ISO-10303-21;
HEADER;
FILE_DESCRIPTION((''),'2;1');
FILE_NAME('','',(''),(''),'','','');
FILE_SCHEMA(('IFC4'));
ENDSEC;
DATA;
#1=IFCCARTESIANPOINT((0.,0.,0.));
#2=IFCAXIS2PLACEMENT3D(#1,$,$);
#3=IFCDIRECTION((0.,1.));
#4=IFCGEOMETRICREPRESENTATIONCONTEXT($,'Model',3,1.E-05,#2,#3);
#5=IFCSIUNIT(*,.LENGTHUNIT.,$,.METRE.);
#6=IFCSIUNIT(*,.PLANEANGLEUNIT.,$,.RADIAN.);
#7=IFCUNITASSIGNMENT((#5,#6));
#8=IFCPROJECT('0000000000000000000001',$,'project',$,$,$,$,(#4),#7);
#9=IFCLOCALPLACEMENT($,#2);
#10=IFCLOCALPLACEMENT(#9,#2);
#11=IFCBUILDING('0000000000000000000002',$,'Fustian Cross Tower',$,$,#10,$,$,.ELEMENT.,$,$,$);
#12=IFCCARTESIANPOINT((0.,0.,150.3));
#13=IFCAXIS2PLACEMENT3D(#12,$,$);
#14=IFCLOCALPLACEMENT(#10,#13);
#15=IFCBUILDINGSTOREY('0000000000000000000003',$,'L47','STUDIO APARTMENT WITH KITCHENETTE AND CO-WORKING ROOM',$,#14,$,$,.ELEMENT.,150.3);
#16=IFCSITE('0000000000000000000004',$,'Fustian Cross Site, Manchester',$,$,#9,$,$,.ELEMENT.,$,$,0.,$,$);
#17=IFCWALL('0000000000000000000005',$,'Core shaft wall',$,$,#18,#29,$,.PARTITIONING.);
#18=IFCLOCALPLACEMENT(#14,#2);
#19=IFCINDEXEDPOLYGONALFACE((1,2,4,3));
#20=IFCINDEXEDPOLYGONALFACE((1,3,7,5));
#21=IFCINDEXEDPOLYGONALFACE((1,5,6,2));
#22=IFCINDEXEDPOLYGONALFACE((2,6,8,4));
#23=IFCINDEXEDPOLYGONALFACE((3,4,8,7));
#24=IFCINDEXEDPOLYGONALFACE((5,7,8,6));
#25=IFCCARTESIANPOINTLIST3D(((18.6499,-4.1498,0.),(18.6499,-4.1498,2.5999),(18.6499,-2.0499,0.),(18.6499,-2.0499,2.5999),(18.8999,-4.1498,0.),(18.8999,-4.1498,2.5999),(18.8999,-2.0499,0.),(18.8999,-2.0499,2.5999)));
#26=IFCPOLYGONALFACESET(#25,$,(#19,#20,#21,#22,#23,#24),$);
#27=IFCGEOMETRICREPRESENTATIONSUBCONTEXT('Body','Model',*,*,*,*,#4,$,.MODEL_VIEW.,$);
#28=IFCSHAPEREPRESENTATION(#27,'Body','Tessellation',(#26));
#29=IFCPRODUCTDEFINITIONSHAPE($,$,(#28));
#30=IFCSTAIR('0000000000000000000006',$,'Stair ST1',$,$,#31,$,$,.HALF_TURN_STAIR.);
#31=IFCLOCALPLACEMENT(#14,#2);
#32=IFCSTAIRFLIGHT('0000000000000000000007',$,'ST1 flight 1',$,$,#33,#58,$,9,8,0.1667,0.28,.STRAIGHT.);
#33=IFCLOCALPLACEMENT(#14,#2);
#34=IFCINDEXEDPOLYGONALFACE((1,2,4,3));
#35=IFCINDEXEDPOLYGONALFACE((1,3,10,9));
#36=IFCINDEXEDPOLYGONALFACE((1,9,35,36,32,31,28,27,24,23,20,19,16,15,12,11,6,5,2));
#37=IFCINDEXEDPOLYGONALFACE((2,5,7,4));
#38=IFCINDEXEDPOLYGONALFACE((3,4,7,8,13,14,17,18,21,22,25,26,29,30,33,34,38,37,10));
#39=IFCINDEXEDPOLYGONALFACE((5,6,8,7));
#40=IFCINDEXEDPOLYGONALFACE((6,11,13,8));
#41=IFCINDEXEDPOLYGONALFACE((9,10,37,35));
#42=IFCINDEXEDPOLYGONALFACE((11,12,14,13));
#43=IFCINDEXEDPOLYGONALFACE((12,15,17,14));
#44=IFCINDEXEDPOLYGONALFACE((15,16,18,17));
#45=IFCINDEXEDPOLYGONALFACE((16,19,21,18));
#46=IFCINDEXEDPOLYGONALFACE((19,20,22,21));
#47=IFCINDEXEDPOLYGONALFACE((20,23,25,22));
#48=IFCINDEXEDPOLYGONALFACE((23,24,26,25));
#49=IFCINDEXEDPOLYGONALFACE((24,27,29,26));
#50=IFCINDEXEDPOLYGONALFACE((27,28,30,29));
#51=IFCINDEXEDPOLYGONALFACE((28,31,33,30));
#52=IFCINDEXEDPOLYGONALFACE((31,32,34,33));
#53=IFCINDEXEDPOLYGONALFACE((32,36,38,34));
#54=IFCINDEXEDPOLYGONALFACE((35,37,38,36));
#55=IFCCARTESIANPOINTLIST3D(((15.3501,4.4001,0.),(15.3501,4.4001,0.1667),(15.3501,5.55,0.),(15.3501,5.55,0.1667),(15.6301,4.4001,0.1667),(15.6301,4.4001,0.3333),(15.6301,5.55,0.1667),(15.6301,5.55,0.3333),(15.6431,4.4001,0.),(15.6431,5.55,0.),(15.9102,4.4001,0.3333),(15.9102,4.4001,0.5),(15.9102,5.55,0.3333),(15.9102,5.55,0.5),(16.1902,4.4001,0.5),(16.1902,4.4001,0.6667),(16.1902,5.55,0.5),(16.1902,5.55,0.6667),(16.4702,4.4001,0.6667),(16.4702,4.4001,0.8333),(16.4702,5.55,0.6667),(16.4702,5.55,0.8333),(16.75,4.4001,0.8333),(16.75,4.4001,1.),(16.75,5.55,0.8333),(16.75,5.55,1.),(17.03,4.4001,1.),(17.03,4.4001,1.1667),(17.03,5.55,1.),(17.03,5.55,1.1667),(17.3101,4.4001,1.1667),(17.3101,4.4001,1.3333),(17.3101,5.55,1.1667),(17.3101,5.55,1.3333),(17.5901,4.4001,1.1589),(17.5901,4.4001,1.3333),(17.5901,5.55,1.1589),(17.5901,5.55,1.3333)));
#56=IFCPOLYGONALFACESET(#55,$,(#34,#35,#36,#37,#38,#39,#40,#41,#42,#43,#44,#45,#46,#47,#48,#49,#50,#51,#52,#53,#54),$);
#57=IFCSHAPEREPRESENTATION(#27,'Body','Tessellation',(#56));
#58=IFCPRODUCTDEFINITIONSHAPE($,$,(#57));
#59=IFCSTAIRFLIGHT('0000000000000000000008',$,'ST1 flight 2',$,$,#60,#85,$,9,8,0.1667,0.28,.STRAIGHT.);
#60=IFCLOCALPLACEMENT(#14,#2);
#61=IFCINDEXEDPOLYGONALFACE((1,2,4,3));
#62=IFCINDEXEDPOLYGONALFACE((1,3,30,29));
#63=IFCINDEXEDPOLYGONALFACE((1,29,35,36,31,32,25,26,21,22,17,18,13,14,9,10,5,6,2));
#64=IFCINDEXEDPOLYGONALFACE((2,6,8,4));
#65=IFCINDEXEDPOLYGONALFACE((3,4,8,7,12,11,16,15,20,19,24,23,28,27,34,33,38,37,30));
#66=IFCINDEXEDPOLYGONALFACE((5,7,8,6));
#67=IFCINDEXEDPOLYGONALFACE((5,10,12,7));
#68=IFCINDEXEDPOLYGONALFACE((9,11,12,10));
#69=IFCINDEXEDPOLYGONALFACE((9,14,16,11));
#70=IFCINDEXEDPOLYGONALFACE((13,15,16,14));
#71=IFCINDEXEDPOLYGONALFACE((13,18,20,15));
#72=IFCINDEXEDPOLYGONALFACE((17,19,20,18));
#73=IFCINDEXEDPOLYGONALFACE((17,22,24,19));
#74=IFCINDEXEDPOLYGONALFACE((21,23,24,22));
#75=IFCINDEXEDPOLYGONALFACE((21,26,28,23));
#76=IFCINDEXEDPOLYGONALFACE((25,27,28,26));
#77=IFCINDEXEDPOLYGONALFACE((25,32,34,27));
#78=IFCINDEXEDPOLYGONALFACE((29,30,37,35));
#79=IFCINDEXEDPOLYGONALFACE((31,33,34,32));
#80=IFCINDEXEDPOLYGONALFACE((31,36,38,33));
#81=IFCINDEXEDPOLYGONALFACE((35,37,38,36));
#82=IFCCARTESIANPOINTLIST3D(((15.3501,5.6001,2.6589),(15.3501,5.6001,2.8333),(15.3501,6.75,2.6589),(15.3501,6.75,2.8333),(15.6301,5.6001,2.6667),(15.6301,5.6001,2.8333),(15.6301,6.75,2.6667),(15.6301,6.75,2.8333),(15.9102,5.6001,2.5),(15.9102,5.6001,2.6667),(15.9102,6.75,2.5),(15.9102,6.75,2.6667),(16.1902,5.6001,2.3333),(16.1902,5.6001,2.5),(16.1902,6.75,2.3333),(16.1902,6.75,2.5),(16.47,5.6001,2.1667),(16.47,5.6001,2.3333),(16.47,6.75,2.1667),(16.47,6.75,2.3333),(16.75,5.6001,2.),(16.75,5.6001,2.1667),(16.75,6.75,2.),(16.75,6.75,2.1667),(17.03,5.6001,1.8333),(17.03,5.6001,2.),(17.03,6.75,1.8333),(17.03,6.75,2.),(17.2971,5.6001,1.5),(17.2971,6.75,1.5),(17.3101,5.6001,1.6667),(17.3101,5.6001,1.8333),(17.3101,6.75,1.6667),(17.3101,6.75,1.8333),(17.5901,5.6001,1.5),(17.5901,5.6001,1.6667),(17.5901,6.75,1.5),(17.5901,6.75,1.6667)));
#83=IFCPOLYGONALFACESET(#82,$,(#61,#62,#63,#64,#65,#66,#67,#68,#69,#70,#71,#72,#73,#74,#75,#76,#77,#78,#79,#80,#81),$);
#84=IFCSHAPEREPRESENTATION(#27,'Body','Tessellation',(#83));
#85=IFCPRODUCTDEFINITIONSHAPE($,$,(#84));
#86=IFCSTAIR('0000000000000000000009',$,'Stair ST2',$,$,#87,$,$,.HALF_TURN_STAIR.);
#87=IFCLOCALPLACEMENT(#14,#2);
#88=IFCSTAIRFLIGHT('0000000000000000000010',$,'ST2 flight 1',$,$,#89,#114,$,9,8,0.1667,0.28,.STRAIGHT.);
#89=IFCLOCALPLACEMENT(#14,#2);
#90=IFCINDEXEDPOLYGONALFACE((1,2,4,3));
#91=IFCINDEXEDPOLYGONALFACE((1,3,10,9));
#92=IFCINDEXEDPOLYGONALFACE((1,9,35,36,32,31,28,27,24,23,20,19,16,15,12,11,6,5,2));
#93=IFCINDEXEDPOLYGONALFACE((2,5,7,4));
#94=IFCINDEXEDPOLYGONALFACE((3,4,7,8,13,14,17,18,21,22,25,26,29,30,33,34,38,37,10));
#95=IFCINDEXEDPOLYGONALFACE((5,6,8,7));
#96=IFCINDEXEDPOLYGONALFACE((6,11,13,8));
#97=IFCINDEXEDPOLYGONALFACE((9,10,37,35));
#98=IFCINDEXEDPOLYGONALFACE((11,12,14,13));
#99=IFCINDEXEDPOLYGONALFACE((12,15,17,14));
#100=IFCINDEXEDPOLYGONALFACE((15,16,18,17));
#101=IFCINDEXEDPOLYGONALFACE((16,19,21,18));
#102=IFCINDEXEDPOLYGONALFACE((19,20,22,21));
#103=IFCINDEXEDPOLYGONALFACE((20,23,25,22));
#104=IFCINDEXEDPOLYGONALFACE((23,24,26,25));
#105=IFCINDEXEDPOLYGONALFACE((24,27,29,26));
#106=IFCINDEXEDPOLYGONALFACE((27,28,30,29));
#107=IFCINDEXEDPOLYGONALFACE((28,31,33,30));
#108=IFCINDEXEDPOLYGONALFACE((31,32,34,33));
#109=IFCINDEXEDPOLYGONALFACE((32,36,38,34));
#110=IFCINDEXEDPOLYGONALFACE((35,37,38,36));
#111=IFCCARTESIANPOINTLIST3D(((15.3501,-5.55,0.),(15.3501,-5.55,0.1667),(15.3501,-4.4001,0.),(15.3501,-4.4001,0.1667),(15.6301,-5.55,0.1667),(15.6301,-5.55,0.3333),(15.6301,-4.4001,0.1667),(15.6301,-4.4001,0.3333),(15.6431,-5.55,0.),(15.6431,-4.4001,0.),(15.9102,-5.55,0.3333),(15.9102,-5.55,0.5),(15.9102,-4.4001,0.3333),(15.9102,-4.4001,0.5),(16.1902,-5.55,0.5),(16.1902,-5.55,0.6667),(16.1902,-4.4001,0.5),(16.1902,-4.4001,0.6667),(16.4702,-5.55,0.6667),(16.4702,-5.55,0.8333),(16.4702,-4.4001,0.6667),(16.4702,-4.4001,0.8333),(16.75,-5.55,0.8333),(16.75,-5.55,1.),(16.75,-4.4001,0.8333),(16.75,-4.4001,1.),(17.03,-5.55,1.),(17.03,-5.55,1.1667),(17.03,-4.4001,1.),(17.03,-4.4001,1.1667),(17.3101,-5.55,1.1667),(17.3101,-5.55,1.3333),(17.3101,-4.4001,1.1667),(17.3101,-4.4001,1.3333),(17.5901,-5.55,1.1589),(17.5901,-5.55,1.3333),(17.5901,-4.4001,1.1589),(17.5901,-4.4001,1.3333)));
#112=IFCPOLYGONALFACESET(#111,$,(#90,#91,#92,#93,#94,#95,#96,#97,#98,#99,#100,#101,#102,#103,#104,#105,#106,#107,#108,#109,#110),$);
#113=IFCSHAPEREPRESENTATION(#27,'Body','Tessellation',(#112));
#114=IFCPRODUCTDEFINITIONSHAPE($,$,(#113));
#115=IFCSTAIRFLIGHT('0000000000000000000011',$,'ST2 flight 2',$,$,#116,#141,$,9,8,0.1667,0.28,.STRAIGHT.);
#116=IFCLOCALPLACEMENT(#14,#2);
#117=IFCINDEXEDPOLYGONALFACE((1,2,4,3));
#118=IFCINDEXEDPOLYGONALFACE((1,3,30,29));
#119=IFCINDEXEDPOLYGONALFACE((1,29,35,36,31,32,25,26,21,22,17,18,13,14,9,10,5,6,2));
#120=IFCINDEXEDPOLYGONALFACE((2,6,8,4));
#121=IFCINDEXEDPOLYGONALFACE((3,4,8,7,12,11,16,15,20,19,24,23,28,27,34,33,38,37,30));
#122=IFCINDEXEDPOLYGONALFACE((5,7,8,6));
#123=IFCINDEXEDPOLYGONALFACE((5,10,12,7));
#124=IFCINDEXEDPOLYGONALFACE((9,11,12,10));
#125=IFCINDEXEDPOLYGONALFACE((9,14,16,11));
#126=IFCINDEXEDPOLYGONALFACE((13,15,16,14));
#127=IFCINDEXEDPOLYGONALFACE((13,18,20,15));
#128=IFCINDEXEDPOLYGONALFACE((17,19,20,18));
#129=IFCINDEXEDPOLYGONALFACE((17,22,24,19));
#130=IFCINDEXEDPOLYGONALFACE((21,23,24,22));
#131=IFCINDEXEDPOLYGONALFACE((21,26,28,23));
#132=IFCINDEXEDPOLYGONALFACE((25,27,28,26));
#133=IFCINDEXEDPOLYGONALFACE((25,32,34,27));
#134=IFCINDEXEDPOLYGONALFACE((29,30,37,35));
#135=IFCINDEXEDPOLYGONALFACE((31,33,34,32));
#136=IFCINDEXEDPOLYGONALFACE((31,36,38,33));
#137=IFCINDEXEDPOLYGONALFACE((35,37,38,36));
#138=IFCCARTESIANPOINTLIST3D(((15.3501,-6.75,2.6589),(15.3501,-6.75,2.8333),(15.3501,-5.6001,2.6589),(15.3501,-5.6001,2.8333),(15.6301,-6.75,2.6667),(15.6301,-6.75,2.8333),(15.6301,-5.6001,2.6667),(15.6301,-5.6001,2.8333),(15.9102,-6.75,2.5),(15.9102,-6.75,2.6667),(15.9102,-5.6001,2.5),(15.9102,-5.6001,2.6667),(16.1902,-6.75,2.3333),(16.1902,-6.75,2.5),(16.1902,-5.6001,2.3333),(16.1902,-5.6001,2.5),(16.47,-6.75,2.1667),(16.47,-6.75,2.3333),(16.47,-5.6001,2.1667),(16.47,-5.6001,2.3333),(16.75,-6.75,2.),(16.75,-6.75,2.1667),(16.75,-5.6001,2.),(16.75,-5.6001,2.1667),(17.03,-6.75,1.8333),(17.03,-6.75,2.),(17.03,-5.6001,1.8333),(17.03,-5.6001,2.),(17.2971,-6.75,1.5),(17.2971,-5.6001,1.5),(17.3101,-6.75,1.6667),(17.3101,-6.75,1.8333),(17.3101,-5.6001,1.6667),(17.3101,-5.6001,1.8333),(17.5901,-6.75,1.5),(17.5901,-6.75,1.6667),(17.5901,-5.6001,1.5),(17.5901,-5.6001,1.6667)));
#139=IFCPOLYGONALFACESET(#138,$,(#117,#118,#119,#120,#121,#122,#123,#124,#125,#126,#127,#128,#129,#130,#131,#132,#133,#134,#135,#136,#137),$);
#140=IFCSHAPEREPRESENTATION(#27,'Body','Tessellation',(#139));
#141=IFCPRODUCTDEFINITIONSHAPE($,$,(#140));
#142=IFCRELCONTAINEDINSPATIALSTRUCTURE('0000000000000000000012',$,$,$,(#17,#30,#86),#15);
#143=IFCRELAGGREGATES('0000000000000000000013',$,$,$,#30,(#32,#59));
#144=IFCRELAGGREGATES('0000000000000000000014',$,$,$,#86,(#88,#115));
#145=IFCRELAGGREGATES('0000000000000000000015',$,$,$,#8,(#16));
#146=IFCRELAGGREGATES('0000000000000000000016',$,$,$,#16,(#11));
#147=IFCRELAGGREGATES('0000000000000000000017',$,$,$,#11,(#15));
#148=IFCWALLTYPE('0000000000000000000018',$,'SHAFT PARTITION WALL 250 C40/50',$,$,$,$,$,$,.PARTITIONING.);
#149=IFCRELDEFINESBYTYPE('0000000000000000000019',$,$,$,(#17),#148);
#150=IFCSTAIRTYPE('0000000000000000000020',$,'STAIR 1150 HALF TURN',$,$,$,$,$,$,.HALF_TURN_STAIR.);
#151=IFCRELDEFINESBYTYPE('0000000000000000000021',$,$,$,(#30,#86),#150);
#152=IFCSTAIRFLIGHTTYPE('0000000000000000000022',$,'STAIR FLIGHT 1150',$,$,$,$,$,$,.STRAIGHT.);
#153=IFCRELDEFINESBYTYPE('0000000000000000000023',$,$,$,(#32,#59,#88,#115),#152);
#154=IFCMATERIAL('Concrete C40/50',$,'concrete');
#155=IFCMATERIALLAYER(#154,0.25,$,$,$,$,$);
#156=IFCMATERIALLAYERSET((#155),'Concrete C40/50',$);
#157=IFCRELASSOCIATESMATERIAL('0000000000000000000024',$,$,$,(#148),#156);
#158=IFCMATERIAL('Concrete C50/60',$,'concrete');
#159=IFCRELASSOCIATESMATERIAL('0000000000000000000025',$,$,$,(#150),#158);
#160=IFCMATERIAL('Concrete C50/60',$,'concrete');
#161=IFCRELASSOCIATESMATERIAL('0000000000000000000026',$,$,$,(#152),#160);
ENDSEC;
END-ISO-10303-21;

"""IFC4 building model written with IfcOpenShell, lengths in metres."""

from ifc_helpers import new_model, si_unit, direction, frame, frame_2d, origin, place, context, subcontext, project, spatial, polyline, rectangle, outline, extrude, material, layer, layer_set, type_object, element, aggregate, save


model = new_model("IFC4")

# Units and contexts
model_context = context("Model", 3, precision=1e-05, world=origin(), true_north=direction((0.0, 1.0)))
body_context = subcontext(model_context, "Body", "Model", "MODEL_VIEW")
ifc_project = project(units=[si_unit("LENGTHUNIT", "METRE"), si_unit("PLANEANGLEUNIT", "RADIAN")], contexts=[model_context])

# Site, building, storey
site_placement = place(None, origin())
site = spatial("IfcSite", under=ifc_project, at=site_placement, Name="Fustian Cross Site, Manchester", CompositionType="ELEMENT", RefElevation=0.0)
building_placement = place(site_placement, origin())
building = spatial("IfcBuilding", under=site, at=building_placement, Name="Fustian Cross Tower", CompositionType="ELEMENT")
storey_placement = place(building_placement, frame((0.0, 0.0, 150.3)))
storey = spatial("IfcBuildingStorey", under=building, at=storey_placement, Name="L47", Description="STUDIO APARTMENT WITH KITCHENETTE AND CO-WORKING ROOM", CompositionType="ELEMENT", Elevation=150.3)

# Wall
ifc_material_1 = material(Name="Concrete C40/50", Category="concrete")
ifc_layer_1 = layer(ifc_material_1, 0.25)
ifc_layer_set_1 = layer_set([ifc_layer_1], Name="Concrete C40/50")
wall_type_1 = type_object("IfcWallType", Name="SHAFT PARTITION WALL 250 C40/50", PredefinedType="PARTITIONING", material=ifc_layer_set_1)
for number, where, z_axis, x_axis, name in (
    (1, (18.7749, -2.05, 0.0), (0.0, 0.0, 1.0), (0.0, -1.0, 0.0), "Core shaft wall"),
):
    element("IfcWall", number, at=place(storey_placement, frame(where, z_axis=z_axis, x_axis=x_axis)), inside=storey, type_object=wall_type_1, Name=name, PredefinedType="PARTITIONING", context=body_context, shape_type="SweptSolid", body=[
        extrude(rectangle(XDim=2.0999, YDim=0.25, at=frame_2d((1.0498, 0.0))), origin(), (0.0, 0.0, 1.0), 2.5999),
    ])

# Stairs, stair flights
ifc_material_2 = material(Name="Concrete C50/60", Category="concrete")
stair_type = type_object("IfcStairType", Name="STAIR 1150 HALF TURN", PredefinedType="HALF_TURN_STAIR", material=ifc_material_2)
stair_1_placement = place(storey_placement, origin())
stair_1 = element("IfcStair", 2, at=stair_1_placement, inside=storey, type_object=stair_type, Name="Stair ST1", PredefinedType="HALF_TURN_STAIR")
ifc_material_3 = material(Name="Concrete C50/60", Category="concrete")
stair_flight_type = type_object("IfcStairFlightType", Name="STAIR FLIGHT 1150", PredefinedType="STRAIGHT", material=ifc_material_3)
stair_flight_1_placement = place(storey_placement, frame((15.3501, 4.9751, 0.0), z_axis=(0.0, 0.0, 1.0), x_axis=(1.0, 0.0, 0.0)))
stair_flight_1 = element("IfcStairFlight", 3, at=stair_flight_1_placement, type_object=stair_flight_type, Name="ST1 flight 1", NumberOfRisers=9, NumberOfTreads=8, PredefinedType="STRAIGHT", RiserHeight=0.1667, TreadLength=0.28, context=body_context, shape_type="SweptSolid", body=[
    extrude(outline(polyline([(0.0, 0.0), (0.0, 0.1667), (0.28, 0.1667), (0.28, 0.3333), (0.5601, 0.3333), (0.5601, 0.5), (0.8401, 0.5), (0.8401, 0.6667), (1.1201, 0.6667), (1.1201, 0.8333), (1.3999, 0.8333), (1.3999, 1.0), (1.6799, 1.0), (1.6799, 1.1667), (1.96, 1.1667), (1.96, 1.3333), (2.24, 1.3333), (2.24, 1.5), (2.24, 1.1589), (0.293, 0.0), (0.0, 0.0)])), frame((0.0, 0.575, 0.0), z_axis=(0.0, -1.0, 0.0), x_axis=(1.0, 0.0, 0.0)), (0.0, 0.0, 1.0), 1.1499),
])
stair_flight_2_placement = place(storey_placement, frame((17.5901, 6.175, 1.5), z_axis=(0.0, 0.0, 1.0), x_axis=(-1.0, 0.0, 0.0)))
stair_flight_2 = element("IfcStairFlight", 4, at=stair_flight_2_placement, type_object=stair_flight_type, Name="ST1 flight 2", NumberOfRisers=9, NumberOfTreads=8, PredefinedType="STRAIGHT", RiserHeight=0.1667, TreadLength=0.28, context=body_context, shape_type="SweptSolid", body=[
    extrude(outline(polyline([(0.0, 0.0), (0.0, 0.1667), (0.28, 0.1667), (0.28, 0.3333), (0.5601, 0.3333), (0.5601, 0.5), (0.8401, 0.5), (0.8401, 0.6667), (1.1201, 0.6667), (1.1201, 0.8333), (1.3999, 0.8333), (1.3999, 1.0), (1.6799, 1.0), (1.6799, 1.1667), (1.96, 1.1667), (1.96, 1.3333), (2.24, 1.3333), (2.24, 1.5), (2.24, 1.1589), (0.293, 0.0), (0.0, 0.0)])), frame((0.0, 0.575, 0.0), z_axis=(0.0, -1.0, 0.0), x_axis=(1.0, 0.0, 0.0)), (0.0, 0.0, 1.0), 1.1499),
])
aggregate(stair_1, [stair_flight_1, stair_flight_2])
stair_2_placement = place(storey_placement, origin())
stair_2 = element("IfcStair", 5, at=stair_2_placement, inside=storey, type_object=stair_type, Name="Stair ST2", PredefinedType="HALF_TURN_STAIR")
stair_flight_3_placement = place(storey_placement, frame((15.3501, -4.9751, 0.0), z_axis=(0.0, 0.0, 1.0), x_axis=(1.0, 0.0, 0.0)))
stair_flight_3 = element("IfcStairFlight", 6, at=stair_flight_3_placement, type_object=stair_flight_type, Name="ST2 flight 1", NumberOfRisers=9, NumberOfTreads=8, PredefinedType="STRAIGHT", RiserHeight=0.1667, TreadLength=0.28, context=body_context, shape_type="SweptSolid", body=[
    extrude(outline(polyline([(0.0, 0.0), (0.0, 0.1667), (0.28, 0.1667), (0.28, 0.3333), (0.5601, 0.3333), (0.5601, 0.5), (0.8401, 0.5), (0.8401, 0.6667), (1.1201, 0.6667), (1.1201, 0.8333), (1.3999, 0.8333), (1.3999, 1.0), (1.6799, 1.0), (1.6799, 1.1667), (1.96, 1.1667), (1.96, 1.3333), (2.24, 1.3333), (2.24, 1.5), (2.24, 1.1589), (0.293, 0.0), (0.0, 0.0)])), frame((0.0, 0.575, 0.0), z_axis=(0.0, -1.0, 0.0), x_axis=(1.0, 0.0, 0.0)), (0.0, 0.0, 1.0), 1.1499),
])
stair_flight_4_placement = place(storey_placement, frame((17.5901, -6.175, 1.5), z_axis=(0.0, 0.0, 1.0), x_axis=(-1.0, 0.0, 0.0)))
stair_flight_4 = element("IfcStairFlight", 7, at=stair_flight_4_placement, type_object=stair_flight_type, Name="ST2 flight 2", NumberOfRisers=9, NumberOfTreads=8, PredefinedType="STRAIGHT", RiserHeight=0.1667, TreadLength=0.28, context=body_context, shape_type="SweptSolid", body=[
    extrude(outline(polyline([(0.0, 0.0), (0.0, 0.1667), (0.28, 0.1667), (0.28, 0.3333), (0.5601, 0.3333), (0.5601, 0.5), (0.8401, 0.5), (0.8401, 0.6667), (1.1201, 0.6667), (1.1201, 0.8333), (1.3999, 0.8333), (1.3999, 1.0), (1.6799, 1.0), (1.6799, 1.1667), (1.96, 1.1667), (1.96, 1.3333), (2.24, 1.3333), (2.24, 1.5), (2.24, 1.1589), (0.293, 0.0), (0.0, 0.0)])), frame((0.0, 0.575, 0.0), z_axis=(0.0, -1.0, 0.0), x_axis=(1.0, 0.0, 0.0)), (0.0, 0.0, 1.0), 1.1499),
])
aggregate(stair_2, [stair_flight_3, stair_flight_4])

save(model, "model.ifc")
